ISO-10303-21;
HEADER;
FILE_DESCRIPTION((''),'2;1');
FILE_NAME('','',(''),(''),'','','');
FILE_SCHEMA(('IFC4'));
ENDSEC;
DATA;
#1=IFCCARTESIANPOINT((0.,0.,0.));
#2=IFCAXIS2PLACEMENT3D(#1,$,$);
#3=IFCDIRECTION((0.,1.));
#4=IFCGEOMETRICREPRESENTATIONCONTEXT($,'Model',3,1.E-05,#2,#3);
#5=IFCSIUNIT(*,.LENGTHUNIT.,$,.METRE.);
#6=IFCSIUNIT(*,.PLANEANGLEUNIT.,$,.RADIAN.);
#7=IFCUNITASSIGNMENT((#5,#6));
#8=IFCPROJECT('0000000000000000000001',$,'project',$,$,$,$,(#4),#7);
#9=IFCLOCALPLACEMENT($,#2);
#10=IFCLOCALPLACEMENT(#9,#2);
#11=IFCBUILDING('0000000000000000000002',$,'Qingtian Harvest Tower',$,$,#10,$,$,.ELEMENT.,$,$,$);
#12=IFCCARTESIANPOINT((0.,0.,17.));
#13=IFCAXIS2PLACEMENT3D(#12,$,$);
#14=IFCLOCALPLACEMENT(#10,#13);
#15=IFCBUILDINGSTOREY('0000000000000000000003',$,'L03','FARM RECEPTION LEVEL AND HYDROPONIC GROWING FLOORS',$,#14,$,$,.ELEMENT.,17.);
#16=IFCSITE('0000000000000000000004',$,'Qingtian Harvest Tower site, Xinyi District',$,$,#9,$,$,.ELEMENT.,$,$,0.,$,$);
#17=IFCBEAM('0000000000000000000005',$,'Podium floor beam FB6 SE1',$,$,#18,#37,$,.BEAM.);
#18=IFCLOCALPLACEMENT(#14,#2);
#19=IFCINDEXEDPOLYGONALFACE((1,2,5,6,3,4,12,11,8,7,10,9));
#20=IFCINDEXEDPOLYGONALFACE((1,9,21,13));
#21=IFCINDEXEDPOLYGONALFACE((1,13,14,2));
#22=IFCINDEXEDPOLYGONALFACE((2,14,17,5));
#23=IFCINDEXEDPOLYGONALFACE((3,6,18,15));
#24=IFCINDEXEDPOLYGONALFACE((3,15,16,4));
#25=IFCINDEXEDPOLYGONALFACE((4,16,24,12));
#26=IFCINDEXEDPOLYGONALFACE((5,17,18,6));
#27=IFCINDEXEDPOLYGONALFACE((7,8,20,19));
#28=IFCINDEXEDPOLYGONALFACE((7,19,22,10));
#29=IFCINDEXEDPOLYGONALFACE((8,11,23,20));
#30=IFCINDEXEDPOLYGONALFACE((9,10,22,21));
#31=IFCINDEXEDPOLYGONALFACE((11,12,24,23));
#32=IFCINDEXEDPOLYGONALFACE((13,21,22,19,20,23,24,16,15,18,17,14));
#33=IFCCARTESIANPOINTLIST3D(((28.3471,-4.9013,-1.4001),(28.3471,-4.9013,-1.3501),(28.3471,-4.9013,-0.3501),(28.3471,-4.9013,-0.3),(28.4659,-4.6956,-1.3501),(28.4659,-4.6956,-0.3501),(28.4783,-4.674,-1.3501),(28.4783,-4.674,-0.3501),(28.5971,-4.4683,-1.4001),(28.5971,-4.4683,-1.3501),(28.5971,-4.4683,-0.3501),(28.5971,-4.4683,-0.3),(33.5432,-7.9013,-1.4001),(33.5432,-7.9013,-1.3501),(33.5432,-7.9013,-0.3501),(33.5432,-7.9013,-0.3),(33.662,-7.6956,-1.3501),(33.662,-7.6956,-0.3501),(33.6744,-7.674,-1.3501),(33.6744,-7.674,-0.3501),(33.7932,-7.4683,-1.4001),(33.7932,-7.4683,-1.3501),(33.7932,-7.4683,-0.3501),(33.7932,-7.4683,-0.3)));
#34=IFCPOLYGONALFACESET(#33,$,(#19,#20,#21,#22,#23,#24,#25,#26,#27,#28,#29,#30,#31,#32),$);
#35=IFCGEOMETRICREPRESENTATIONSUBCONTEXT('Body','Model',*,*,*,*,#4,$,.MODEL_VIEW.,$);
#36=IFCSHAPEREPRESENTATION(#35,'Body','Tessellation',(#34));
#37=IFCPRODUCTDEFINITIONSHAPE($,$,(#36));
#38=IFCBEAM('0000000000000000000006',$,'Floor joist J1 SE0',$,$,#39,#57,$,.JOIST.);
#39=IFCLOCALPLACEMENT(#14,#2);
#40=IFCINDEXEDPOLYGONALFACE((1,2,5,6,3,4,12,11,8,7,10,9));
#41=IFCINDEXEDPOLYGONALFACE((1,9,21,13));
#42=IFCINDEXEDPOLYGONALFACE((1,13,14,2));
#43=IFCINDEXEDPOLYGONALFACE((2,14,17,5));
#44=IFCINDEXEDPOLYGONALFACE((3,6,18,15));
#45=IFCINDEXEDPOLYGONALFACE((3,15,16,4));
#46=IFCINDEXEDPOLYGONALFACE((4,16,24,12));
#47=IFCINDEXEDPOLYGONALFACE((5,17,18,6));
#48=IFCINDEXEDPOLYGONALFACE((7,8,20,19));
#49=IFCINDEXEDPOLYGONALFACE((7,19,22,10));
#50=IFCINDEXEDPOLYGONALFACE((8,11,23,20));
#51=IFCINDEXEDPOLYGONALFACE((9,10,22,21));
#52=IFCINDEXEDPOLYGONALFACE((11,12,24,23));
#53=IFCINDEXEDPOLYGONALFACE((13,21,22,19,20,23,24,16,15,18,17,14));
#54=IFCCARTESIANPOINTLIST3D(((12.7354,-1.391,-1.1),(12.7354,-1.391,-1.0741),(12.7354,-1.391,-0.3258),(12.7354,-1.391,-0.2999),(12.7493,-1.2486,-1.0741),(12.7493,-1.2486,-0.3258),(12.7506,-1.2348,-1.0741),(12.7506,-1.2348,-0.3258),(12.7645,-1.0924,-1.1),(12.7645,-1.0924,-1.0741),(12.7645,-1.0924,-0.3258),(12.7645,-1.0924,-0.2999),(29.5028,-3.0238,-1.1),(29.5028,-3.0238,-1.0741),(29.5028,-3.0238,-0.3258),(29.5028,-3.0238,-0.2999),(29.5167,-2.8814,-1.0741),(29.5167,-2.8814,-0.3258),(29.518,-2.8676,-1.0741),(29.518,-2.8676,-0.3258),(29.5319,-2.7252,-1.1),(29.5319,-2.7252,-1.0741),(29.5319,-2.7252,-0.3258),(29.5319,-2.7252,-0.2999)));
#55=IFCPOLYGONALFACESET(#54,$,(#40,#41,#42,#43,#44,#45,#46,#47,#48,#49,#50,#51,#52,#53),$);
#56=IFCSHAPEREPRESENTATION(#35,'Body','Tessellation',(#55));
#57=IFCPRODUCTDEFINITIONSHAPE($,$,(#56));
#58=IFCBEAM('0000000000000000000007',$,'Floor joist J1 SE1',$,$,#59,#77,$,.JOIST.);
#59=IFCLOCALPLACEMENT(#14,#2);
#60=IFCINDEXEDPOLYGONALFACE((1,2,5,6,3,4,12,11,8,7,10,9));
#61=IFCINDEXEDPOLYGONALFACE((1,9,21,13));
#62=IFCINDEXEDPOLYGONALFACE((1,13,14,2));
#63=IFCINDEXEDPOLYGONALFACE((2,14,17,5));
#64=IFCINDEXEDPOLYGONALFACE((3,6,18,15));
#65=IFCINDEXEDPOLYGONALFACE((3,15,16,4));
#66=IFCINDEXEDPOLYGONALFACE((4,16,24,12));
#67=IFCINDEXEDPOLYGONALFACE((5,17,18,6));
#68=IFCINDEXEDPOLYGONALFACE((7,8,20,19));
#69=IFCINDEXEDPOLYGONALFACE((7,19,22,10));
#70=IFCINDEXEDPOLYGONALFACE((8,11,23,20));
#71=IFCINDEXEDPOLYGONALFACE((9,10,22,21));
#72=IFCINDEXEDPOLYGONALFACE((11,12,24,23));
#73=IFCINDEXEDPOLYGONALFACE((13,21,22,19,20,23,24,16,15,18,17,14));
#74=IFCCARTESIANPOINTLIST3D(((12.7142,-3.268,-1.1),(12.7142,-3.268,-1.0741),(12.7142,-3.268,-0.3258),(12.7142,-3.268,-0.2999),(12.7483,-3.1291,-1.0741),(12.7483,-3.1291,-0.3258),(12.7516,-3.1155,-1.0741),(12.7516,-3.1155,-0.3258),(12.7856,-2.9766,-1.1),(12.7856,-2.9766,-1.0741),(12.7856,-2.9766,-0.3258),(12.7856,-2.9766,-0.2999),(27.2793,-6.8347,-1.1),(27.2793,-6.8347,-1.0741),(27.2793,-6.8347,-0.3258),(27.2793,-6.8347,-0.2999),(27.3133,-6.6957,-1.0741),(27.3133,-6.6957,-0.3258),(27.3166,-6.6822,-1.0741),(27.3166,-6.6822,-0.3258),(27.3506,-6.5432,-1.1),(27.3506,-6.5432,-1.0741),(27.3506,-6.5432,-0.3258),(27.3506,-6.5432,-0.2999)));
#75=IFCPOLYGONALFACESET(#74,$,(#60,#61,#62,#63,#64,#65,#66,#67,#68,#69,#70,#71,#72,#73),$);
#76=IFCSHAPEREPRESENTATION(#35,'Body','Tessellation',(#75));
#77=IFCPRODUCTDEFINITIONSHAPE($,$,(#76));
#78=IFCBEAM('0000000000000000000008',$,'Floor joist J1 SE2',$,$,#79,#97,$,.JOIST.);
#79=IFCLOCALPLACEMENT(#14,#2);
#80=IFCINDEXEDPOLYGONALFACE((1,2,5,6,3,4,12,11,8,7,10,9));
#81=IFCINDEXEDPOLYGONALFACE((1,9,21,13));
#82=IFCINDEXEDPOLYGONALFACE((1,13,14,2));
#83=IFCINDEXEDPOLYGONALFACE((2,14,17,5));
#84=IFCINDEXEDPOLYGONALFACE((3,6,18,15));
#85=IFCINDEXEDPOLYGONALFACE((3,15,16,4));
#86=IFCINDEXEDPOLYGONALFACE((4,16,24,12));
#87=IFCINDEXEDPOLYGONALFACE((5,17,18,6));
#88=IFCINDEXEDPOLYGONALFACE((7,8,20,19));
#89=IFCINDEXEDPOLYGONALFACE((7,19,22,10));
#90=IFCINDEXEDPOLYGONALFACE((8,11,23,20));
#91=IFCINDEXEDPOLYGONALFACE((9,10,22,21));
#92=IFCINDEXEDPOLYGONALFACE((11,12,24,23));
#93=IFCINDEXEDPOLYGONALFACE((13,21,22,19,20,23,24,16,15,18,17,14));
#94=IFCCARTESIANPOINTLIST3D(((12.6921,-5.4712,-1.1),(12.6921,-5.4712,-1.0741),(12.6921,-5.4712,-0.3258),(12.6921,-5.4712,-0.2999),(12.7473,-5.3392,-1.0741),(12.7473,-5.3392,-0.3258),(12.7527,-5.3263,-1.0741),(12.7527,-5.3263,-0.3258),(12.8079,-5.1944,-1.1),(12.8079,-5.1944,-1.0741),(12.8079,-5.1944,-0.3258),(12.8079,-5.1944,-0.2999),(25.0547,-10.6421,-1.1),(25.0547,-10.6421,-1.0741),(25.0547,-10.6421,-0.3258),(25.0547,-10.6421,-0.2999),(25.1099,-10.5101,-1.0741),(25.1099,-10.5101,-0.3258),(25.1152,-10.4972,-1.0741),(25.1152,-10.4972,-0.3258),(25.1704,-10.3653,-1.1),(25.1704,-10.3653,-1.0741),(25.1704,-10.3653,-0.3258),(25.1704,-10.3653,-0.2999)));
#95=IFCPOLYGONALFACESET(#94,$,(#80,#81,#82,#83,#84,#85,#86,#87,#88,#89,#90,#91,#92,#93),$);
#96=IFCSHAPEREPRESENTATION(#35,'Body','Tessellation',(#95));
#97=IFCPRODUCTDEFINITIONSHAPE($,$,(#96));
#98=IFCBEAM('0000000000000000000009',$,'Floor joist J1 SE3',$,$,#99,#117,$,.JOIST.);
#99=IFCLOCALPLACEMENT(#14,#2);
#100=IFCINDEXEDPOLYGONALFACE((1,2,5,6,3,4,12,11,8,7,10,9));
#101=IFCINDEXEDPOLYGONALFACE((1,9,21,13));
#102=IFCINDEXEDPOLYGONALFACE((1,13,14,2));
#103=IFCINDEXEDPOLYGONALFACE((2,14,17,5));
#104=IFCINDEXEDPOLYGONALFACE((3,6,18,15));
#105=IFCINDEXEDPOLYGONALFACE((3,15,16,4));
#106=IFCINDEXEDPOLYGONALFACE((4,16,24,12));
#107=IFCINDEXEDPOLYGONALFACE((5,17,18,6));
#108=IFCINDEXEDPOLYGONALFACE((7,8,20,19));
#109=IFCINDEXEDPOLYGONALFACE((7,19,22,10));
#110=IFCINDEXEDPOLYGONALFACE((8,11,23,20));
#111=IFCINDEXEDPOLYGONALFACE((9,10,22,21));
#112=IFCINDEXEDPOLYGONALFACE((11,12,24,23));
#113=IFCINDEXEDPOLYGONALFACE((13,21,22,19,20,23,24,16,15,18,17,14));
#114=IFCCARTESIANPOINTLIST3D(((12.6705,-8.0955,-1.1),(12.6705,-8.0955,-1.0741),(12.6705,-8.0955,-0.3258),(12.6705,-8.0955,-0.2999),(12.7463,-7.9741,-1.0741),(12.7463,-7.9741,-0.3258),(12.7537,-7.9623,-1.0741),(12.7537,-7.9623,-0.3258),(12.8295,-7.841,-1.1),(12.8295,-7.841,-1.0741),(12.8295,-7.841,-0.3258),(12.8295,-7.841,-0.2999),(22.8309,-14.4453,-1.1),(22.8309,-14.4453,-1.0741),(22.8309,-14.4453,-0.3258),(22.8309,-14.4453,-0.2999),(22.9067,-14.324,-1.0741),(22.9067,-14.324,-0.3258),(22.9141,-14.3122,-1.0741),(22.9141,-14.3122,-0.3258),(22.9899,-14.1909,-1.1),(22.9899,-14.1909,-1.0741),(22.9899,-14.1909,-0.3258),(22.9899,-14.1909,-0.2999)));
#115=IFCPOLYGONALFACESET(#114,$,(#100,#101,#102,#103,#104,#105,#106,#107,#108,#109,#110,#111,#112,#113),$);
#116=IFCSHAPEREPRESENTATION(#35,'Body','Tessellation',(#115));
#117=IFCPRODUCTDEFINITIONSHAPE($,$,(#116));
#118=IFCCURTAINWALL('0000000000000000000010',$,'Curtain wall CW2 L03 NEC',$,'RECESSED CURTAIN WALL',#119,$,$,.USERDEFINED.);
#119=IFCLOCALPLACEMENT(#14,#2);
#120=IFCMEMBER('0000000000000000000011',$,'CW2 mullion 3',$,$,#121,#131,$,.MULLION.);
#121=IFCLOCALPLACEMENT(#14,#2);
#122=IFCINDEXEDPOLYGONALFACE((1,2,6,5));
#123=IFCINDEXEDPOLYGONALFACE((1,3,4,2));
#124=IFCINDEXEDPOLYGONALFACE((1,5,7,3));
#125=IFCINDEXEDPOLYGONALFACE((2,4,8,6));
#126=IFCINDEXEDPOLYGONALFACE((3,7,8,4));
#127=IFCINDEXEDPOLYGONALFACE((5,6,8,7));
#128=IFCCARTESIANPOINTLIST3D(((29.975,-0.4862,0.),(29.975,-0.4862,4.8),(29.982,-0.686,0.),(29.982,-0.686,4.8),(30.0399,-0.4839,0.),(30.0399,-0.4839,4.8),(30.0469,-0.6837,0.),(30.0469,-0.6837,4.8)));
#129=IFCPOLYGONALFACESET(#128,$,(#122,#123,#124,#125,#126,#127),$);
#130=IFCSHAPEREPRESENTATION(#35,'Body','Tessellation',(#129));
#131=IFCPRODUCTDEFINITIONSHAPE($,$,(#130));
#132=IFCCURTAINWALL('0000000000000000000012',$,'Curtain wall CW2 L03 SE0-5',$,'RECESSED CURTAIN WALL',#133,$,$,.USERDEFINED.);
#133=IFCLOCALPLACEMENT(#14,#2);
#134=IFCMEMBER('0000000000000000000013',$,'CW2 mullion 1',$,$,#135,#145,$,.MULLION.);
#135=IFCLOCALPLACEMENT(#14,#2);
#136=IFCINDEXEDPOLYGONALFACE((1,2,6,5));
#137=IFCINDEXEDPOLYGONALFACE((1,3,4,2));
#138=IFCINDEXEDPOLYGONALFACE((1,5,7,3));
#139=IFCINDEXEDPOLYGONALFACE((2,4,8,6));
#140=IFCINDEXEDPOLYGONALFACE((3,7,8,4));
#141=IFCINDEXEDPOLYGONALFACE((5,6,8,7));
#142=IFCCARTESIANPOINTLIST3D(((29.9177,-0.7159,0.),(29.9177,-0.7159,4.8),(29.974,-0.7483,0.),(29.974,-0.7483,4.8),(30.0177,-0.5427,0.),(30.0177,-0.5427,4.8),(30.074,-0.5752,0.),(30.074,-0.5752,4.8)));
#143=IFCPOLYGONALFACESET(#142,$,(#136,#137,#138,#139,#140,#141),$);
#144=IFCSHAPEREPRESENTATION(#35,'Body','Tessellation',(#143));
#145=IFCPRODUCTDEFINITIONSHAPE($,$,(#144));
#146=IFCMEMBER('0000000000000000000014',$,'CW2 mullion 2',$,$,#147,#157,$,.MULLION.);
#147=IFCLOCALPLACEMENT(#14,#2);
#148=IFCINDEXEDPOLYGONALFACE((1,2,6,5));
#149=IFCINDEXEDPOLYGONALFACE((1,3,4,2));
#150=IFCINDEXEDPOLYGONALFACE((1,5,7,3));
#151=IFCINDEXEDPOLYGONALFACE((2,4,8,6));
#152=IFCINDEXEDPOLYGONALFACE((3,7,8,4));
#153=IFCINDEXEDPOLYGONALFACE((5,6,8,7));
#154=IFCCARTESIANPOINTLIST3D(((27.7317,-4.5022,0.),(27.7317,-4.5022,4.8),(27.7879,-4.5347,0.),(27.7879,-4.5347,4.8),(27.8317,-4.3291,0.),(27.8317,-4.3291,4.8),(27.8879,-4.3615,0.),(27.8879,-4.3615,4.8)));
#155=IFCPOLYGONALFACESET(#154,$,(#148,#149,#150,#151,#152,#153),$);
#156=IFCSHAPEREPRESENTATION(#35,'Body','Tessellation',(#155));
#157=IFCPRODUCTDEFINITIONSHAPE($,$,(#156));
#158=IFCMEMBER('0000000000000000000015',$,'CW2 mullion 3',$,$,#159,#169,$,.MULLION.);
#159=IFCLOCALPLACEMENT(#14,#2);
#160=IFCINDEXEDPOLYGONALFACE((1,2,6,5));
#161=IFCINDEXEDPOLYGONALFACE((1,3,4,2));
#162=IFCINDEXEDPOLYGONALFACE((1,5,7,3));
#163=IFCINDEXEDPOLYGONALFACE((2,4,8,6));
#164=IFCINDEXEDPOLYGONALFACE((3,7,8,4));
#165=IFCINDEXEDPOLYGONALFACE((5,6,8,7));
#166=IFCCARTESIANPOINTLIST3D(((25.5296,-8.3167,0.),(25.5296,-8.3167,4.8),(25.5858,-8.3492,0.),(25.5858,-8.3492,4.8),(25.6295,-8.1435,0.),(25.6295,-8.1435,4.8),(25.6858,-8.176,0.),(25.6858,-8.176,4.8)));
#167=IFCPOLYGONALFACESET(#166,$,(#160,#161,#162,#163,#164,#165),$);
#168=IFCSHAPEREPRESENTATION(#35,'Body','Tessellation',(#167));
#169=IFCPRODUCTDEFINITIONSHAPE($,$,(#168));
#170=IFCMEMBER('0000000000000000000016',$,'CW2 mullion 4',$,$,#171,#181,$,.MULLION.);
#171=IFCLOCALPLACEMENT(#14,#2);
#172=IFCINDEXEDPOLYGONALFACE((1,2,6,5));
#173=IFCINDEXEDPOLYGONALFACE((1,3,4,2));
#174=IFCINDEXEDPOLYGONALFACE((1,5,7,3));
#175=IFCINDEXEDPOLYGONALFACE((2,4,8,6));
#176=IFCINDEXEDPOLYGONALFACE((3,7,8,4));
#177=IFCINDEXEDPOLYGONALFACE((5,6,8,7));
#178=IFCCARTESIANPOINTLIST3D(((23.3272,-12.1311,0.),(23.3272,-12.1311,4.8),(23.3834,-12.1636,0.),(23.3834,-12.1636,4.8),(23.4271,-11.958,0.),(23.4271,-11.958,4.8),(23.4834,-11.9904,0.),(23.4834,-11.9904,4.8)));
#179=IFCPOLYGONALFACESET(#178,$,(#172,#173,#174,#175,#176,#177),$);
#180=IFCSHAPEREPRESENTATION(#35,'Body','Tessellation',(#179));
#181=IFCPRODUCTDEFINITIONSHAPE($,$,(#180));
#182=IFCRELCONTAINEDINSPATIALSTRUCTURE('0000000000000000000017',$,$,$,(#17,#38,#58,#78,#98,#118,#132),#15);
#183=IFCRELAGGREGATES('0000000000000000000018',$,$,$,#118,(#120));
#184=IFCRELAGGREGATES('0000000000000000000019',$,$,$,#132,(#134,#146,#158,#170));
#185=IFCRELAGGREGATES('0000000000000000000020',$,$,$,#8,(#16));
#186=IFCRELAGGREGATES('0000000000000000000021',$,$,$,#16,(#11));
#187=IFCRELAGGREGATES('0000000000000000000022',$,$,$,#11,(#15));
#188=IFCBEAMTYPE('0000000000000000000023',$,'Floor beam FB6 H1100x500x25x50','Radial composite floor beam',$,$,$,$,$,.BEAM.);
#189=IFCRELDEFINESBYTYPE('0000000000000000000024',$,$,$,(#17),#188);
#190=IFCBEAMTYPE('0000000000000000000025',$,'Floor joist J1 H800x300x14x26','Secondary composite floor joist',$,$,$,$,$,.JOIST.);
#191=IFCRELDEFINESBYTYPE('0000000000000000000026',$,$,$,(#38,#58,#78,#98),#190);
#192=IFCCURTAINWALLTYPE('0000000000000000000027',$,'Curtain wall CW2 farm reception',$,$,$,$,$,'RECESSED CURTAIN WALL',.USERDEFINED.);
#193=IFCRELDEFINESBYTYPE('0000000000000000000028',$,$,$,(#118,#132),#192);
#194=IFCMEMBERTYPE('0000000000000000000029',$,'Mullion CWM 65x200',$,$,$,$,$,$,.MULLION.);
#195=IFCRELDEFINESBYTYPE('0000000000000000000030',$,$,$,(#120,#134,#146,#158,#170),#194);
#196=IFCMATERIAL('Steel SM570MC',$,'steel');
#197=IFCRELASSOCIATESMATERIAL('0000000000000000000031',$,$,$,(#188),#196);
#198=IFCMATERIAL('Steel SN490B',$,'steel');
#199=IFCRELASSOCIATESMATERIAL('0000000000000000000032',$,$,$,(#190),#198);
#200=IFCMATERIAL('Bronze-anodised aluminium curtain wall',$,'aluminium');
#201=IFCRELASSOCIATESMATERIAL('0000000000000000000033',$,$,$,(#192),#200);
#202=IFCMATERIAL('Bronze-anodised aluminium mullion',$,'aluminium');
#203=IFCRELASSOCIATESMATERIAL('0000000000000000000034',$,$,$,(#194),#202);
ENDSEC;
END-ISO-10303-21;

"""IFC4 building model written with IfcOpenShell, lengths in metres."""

from ifc_helpers import new_model, si_unit, direction, frame, origin, origin_2d, place, context, subcontext, project, spatial, rectangle, i_section, extrude, material, material_profile, profile_set, type_object, element, aggregate, save


model = new_model("IFC4")

# Units and contexts
model_context = context("Model", 3, precision=1e-05, world=origin(), true_north=direction((0.0, 1.0)))
body_context = subcontext(model_context, "Body", "Model", "MODEL_VIEW")
ifc_project = project(units=[si_unit("LENGTHUNIT", "METRE"), si_unit("PLANEANGLEUNIT", "RADIAN")], contexts=[model_context])

# Site, building, storey
site_placement = place(None, origin())
site = spatial("IfcSite", under=ifc_project, at=site_placement, Name="Qingtian Harvest Tower site, Xinyi District", CompositionType="ELEMENT", RefElevation=0.0)
building_placement = place(site_placement, origin())
building = spatial("IfcBuilding", under=site, at=building_placement, Name="Qingtian Harvest Tower", CompositionType="ELEMENT")
storey_placement = place(building_placement, frame((0.0, 0.0, 17.0)))
storey = spatial("IfcBuildingStorey", under=building, at=storey_placement, Name="L03", Description="FARM RECEPTION LEVEL AND HYDROPONIC GROWING FLOORS", CompositionType="ELEMENT", Elevation=17.0)

# Beams
ifc_material_1 = material(Name="Steel SM570MC", Category="steel")
ifc_material_profile_1 = material_profile(ifc_material_1, i_section(OverallWidth=0.5, OverallDepth=1.1001, WebThickness=0.0249, FlangeThickness=0.05, at=origin_2d()), Name="H1100x500x25x50")
ifc_profile_set_1 = profile_set([ifc_material_profile_1], Name="Steel SM570MC")
beam_type_1 = type_object("IfcBeamType", Name="Floor beam FB6 H1100x500x25x50", Description="Radial composite floor beam", PredefinedType="BEAM", material=ifc_profile_set_1)
beam_1_placement = place(storey_placement, frame((33.6682, -7.6848, -0.8501), z_axis=(-0.866021, 0.500008, 0.0), x_axis=(-0.500008, -0.866021, 0.0)))
element("IfcBeam", 1, at=beam_1_placement, inside=storey, type_object=beam_type_1, Name="Podium floor beam FB6 SE1", PredefinedType="BEAM", context=body_context, shape_type="SweptSolid", body=[
    extrude(i_section(OverallWidth=0.5, OverallDepth=1.1001, WebThickness=0.0249, FlangeThickness=0.05, at=origin_2d()), origin(), (0.0, 0.0, 1.0), 6.0),
])
ifc_material_2 = material(Name="Steel SN490B", Category="steel")
ifc_material_profile_2 = material_profile(ifc_material_2, i_section(OverallWidth=0.3, OverallDepth=0.8, WebThickness=0.0139, FlangeThickness=0.0259, at=origin_2d()), Name="H800x300x14x26")
ifc_profile_set_2 = profile_set([ifc_material_profile_2], Name="Steel SN490B")
beam_type_2 = type_object("IfcBeamType", Name="Floor joist J1 H800x300x14x26", Description="Secondary composite floor joist", PredefinedType="JOIST", material=ifc_profile_set_2)
beam_2_placement = place(storey_placement, frame((29.5173, -2.8745, -0.7), z_axis=(-0.995292, 0.096922, 0.0), x_axis=(-0.096922, -0.995292, 0.0)))
element("IfcBeam", 2, at=beam_2_placement, inside=storey, type_object=beam_type_2, Name="Floor joist J1 SE0", PredefinedType="JOIST", context=body_context, shape_type="SweptSolid", body=[
    extrude(i_section(OverallWidth=0.3, OverallDepth=0.8, WebThickness=0.0139, FlangeThickness=0.0259, at=origin_2d()), origin(), (0.0, 0.0, 1.0), 16.8467),
])
beam_3_placement = place(storey_placement, frame((27.3149, -6.689, -0.7), z_axis=(-0.971302, 0.237851, 0.0), x_axis=(-0.237851, -0.971302, 0.0)))
element("IfcBeam", 3, at=beam_3_placement, inside=storey, type_object=beam_type_2, Name="Floor joist J1 SE1", PredefinedType="JOIST", context=body_context, shape_type="SweptSolid", body=[
    extrude(i_section(OverallWidth=0.3, OverallDepth=0.8, WebThickness=0.0139, FlangeThickness=0.0259, at=origin_2d()), origin(), (0.0, 0.0, 1.0), 14.9954),
])
beam_4_placement = place(storey_placement, frame((25.1125, -10.5037, -0.7), z_axis=(-0.922551, 0.385876, 0.0), x_axis=(-0.385876, -0.922551, 0.0)))
element("IfcBeam", 4, at=beam_4_placement, inside=storey, type_object=beam_type_2, Name="Floor joist J1 SE2", PredefinedType="JOIST", context=body_context, shape_type="SweptSolid", body=[
    extrude(i_section(OverallWidth=0.3, OverallDepth=0.8, WebThickness=0.0139, FlangeThickness=0.0259, at=origin_2d()), origin(), (0.0, 0.0, 1.0), 13.4004),
])
beam_5_placement = place(storey_placement, frame((22.9104, -14.3181, -0.7), z_axis=(-0.848013, 0.529975, 0.0), x_axis=(-0.529975, -0.848013, 0.0)))
element("IfcBeam", 5, at=beam_5_placement, inside=storey, type_object=beam_type_2, Name="Floor joist J1 SE3", PredefinedType="JOIST", context=body_context, shape_type="SweptSolid", body=[
    extrude(i_section(OverallWidth=0.3, OverallDepth=0.8, WebThickness=0.0139, FlangeThickness=0.0259, at=origin_2d()), origin(), (0.0, 0.0, 1.0), 11.9814),
])

# Curtain wall, member
ifc_material_3 = material(Name="Bronze-anodised aluminium curtain wall", Category="aluminium")
curtain_wall_type = type_object("IfcCurtainWallType", Name="Curtain wall CW2 farm reception", ElementType="RECESSED CURTAIN WALL", PredefinedType="USERDEFINED", material=ifc_material_3)
curtain_wall_1_placement = place(storey_placement, origin())
curtain_wall_1 = element("IfcCurtainWall", 6, at=curtain_wall_1_placement, inside=storey, type_object=curtain_wall_type, Name="Curtain wall CW2 L03 NEC", ObjectType="RECESSED CURTAIN WALL", PredefinedType="USERDEFINED")
ifc_material_4 = material(Name="Bronze-anodised aluminium mullion", Category="aluminium")
ifc_material_profile_3 = material_profile(ifc_material_4, rectangle(XDim=0.0649, YDim=0.2, at=origin_2d()), Name="AL 65x200")
ifc_profile_set_3 = profile_set([ifc_material_profile_3], Name="Bronze-anodised aluminium mullion")
member_type_1 = type_object("IfcMemberType", Name="Mullion CWM 65x200", PredefinedType="MULLION", material=ifc_profile_set_3)
member_1_placement = place(storey_placement, frame((30.011, -0.585, 0.0), z_axis=(0.0, 0.0, 1.0), x_axis=(0.999391, 0.034899, 0.0)))
member_1 = element("IfcMember", 7, at=member_1_placement, type_object=member_type_1, Name="CW2 mullion 3", PredefinedType="MULLION", context=body_context, shape_type="SweptSolid", body=[
    extrude(rectangle(XDim=0.0649, YDim=0.2, at=origin_2d()), origin(), (0.0, 0.0, 1.0), 4.8),
])
aggregate(curtain_wall_1, [member_1])

# Curtain wall, members
curtain_wall_2_placement = place(storey_placement, origin())
curtain_wall_2 = element("IfcCurtainWall", 8, at=curtain_wall_2_placement, inside=storey, type_object=curtain_wall_type, Name="Curtain wall CW2 L03 SE0-5", ObjectType="RECESSED CURTAIN WALL", PredefinedType="USERDEFINED")
member_2_placement = place(storey_placement, frame((29.9958, -0.6455, 0.0), z_axis=(0.0, 0.0, 1.0), x_axis=(0.866025, -0.5, 0.0)))
member_2 = element("IfcMember", 9, at=member_2_placement, type_object=member_type_1, Name="CW2 mullion 1", PredefinedType="MULLION", context=body_context, shape_type="SweptSolid", body=[
    extrude(rectangle(XDim=0.0649, YDim=0.2, at=origin_2d()), origin(), (0.0, 0.0, 1.0), 4.8),
])
member_3_placement = place(storey_placement, frame((27.8098, -4.4319, 0.0), z_axis=(0.0, 0.0, 1.0), x_axis=(0.866025, -0.5, 0.0)))
member_3 = element("IfcMember", 10, at=member_3_placement, type_object=member_type_1, Name="CW2 mullion 2", PredefinedType="MULLION", context=body_context, shape_type="SweptSolid", body=[
    extrude(rectangle(XDim=0.0649, YDim=0.2, at=origin_2d()), origin(), (0.0, 0.0, 1.0), 4.8),
])
member_4_placement = place(storey_placement, frame((25.6077, -8.2463, 0.0), z_axis=(0.0, 0.0, 1.0), x_axis=(0.866025, -0.5, 0.0)))
member_4 = element("IfcMember", 11, at=member_4_placement, type_object=member_type_1, Name="CW2 mullion 3", PredefinedType="MULLION", context=body_context, shape_type="SweptSolid", body=[
    extrude(rectangle(XDim=0.0649, YDim=0.2, at=origin_2d()), origin(), (0.0, 0.0, 1.0), 4.8),
])
member_5_placement = place(storey_placement, frame((23.4053, -12.0608, 0.0), z_axis=(0.0, 0.0, 1.0), x_axis=(0.866025, -0.5, 0.0)))
member_5 = element("IfcMember", 12, at=member_5_placement, type_object=member_type_1, Name="CW2 mullion 4", PredefinedType="MULLION", context=body_context, shape_type="SweptSolid", body=[
    extrude(rectangle(XDim=0.0649, YDim=0.2, at=origin_2d()), origin(), (0.0, 0.0, 1.0), 4.8),
])

aggregate(curtain_wall_2, [member_2, member_3, member_4, member_5])

save(model, "model.ifc")
